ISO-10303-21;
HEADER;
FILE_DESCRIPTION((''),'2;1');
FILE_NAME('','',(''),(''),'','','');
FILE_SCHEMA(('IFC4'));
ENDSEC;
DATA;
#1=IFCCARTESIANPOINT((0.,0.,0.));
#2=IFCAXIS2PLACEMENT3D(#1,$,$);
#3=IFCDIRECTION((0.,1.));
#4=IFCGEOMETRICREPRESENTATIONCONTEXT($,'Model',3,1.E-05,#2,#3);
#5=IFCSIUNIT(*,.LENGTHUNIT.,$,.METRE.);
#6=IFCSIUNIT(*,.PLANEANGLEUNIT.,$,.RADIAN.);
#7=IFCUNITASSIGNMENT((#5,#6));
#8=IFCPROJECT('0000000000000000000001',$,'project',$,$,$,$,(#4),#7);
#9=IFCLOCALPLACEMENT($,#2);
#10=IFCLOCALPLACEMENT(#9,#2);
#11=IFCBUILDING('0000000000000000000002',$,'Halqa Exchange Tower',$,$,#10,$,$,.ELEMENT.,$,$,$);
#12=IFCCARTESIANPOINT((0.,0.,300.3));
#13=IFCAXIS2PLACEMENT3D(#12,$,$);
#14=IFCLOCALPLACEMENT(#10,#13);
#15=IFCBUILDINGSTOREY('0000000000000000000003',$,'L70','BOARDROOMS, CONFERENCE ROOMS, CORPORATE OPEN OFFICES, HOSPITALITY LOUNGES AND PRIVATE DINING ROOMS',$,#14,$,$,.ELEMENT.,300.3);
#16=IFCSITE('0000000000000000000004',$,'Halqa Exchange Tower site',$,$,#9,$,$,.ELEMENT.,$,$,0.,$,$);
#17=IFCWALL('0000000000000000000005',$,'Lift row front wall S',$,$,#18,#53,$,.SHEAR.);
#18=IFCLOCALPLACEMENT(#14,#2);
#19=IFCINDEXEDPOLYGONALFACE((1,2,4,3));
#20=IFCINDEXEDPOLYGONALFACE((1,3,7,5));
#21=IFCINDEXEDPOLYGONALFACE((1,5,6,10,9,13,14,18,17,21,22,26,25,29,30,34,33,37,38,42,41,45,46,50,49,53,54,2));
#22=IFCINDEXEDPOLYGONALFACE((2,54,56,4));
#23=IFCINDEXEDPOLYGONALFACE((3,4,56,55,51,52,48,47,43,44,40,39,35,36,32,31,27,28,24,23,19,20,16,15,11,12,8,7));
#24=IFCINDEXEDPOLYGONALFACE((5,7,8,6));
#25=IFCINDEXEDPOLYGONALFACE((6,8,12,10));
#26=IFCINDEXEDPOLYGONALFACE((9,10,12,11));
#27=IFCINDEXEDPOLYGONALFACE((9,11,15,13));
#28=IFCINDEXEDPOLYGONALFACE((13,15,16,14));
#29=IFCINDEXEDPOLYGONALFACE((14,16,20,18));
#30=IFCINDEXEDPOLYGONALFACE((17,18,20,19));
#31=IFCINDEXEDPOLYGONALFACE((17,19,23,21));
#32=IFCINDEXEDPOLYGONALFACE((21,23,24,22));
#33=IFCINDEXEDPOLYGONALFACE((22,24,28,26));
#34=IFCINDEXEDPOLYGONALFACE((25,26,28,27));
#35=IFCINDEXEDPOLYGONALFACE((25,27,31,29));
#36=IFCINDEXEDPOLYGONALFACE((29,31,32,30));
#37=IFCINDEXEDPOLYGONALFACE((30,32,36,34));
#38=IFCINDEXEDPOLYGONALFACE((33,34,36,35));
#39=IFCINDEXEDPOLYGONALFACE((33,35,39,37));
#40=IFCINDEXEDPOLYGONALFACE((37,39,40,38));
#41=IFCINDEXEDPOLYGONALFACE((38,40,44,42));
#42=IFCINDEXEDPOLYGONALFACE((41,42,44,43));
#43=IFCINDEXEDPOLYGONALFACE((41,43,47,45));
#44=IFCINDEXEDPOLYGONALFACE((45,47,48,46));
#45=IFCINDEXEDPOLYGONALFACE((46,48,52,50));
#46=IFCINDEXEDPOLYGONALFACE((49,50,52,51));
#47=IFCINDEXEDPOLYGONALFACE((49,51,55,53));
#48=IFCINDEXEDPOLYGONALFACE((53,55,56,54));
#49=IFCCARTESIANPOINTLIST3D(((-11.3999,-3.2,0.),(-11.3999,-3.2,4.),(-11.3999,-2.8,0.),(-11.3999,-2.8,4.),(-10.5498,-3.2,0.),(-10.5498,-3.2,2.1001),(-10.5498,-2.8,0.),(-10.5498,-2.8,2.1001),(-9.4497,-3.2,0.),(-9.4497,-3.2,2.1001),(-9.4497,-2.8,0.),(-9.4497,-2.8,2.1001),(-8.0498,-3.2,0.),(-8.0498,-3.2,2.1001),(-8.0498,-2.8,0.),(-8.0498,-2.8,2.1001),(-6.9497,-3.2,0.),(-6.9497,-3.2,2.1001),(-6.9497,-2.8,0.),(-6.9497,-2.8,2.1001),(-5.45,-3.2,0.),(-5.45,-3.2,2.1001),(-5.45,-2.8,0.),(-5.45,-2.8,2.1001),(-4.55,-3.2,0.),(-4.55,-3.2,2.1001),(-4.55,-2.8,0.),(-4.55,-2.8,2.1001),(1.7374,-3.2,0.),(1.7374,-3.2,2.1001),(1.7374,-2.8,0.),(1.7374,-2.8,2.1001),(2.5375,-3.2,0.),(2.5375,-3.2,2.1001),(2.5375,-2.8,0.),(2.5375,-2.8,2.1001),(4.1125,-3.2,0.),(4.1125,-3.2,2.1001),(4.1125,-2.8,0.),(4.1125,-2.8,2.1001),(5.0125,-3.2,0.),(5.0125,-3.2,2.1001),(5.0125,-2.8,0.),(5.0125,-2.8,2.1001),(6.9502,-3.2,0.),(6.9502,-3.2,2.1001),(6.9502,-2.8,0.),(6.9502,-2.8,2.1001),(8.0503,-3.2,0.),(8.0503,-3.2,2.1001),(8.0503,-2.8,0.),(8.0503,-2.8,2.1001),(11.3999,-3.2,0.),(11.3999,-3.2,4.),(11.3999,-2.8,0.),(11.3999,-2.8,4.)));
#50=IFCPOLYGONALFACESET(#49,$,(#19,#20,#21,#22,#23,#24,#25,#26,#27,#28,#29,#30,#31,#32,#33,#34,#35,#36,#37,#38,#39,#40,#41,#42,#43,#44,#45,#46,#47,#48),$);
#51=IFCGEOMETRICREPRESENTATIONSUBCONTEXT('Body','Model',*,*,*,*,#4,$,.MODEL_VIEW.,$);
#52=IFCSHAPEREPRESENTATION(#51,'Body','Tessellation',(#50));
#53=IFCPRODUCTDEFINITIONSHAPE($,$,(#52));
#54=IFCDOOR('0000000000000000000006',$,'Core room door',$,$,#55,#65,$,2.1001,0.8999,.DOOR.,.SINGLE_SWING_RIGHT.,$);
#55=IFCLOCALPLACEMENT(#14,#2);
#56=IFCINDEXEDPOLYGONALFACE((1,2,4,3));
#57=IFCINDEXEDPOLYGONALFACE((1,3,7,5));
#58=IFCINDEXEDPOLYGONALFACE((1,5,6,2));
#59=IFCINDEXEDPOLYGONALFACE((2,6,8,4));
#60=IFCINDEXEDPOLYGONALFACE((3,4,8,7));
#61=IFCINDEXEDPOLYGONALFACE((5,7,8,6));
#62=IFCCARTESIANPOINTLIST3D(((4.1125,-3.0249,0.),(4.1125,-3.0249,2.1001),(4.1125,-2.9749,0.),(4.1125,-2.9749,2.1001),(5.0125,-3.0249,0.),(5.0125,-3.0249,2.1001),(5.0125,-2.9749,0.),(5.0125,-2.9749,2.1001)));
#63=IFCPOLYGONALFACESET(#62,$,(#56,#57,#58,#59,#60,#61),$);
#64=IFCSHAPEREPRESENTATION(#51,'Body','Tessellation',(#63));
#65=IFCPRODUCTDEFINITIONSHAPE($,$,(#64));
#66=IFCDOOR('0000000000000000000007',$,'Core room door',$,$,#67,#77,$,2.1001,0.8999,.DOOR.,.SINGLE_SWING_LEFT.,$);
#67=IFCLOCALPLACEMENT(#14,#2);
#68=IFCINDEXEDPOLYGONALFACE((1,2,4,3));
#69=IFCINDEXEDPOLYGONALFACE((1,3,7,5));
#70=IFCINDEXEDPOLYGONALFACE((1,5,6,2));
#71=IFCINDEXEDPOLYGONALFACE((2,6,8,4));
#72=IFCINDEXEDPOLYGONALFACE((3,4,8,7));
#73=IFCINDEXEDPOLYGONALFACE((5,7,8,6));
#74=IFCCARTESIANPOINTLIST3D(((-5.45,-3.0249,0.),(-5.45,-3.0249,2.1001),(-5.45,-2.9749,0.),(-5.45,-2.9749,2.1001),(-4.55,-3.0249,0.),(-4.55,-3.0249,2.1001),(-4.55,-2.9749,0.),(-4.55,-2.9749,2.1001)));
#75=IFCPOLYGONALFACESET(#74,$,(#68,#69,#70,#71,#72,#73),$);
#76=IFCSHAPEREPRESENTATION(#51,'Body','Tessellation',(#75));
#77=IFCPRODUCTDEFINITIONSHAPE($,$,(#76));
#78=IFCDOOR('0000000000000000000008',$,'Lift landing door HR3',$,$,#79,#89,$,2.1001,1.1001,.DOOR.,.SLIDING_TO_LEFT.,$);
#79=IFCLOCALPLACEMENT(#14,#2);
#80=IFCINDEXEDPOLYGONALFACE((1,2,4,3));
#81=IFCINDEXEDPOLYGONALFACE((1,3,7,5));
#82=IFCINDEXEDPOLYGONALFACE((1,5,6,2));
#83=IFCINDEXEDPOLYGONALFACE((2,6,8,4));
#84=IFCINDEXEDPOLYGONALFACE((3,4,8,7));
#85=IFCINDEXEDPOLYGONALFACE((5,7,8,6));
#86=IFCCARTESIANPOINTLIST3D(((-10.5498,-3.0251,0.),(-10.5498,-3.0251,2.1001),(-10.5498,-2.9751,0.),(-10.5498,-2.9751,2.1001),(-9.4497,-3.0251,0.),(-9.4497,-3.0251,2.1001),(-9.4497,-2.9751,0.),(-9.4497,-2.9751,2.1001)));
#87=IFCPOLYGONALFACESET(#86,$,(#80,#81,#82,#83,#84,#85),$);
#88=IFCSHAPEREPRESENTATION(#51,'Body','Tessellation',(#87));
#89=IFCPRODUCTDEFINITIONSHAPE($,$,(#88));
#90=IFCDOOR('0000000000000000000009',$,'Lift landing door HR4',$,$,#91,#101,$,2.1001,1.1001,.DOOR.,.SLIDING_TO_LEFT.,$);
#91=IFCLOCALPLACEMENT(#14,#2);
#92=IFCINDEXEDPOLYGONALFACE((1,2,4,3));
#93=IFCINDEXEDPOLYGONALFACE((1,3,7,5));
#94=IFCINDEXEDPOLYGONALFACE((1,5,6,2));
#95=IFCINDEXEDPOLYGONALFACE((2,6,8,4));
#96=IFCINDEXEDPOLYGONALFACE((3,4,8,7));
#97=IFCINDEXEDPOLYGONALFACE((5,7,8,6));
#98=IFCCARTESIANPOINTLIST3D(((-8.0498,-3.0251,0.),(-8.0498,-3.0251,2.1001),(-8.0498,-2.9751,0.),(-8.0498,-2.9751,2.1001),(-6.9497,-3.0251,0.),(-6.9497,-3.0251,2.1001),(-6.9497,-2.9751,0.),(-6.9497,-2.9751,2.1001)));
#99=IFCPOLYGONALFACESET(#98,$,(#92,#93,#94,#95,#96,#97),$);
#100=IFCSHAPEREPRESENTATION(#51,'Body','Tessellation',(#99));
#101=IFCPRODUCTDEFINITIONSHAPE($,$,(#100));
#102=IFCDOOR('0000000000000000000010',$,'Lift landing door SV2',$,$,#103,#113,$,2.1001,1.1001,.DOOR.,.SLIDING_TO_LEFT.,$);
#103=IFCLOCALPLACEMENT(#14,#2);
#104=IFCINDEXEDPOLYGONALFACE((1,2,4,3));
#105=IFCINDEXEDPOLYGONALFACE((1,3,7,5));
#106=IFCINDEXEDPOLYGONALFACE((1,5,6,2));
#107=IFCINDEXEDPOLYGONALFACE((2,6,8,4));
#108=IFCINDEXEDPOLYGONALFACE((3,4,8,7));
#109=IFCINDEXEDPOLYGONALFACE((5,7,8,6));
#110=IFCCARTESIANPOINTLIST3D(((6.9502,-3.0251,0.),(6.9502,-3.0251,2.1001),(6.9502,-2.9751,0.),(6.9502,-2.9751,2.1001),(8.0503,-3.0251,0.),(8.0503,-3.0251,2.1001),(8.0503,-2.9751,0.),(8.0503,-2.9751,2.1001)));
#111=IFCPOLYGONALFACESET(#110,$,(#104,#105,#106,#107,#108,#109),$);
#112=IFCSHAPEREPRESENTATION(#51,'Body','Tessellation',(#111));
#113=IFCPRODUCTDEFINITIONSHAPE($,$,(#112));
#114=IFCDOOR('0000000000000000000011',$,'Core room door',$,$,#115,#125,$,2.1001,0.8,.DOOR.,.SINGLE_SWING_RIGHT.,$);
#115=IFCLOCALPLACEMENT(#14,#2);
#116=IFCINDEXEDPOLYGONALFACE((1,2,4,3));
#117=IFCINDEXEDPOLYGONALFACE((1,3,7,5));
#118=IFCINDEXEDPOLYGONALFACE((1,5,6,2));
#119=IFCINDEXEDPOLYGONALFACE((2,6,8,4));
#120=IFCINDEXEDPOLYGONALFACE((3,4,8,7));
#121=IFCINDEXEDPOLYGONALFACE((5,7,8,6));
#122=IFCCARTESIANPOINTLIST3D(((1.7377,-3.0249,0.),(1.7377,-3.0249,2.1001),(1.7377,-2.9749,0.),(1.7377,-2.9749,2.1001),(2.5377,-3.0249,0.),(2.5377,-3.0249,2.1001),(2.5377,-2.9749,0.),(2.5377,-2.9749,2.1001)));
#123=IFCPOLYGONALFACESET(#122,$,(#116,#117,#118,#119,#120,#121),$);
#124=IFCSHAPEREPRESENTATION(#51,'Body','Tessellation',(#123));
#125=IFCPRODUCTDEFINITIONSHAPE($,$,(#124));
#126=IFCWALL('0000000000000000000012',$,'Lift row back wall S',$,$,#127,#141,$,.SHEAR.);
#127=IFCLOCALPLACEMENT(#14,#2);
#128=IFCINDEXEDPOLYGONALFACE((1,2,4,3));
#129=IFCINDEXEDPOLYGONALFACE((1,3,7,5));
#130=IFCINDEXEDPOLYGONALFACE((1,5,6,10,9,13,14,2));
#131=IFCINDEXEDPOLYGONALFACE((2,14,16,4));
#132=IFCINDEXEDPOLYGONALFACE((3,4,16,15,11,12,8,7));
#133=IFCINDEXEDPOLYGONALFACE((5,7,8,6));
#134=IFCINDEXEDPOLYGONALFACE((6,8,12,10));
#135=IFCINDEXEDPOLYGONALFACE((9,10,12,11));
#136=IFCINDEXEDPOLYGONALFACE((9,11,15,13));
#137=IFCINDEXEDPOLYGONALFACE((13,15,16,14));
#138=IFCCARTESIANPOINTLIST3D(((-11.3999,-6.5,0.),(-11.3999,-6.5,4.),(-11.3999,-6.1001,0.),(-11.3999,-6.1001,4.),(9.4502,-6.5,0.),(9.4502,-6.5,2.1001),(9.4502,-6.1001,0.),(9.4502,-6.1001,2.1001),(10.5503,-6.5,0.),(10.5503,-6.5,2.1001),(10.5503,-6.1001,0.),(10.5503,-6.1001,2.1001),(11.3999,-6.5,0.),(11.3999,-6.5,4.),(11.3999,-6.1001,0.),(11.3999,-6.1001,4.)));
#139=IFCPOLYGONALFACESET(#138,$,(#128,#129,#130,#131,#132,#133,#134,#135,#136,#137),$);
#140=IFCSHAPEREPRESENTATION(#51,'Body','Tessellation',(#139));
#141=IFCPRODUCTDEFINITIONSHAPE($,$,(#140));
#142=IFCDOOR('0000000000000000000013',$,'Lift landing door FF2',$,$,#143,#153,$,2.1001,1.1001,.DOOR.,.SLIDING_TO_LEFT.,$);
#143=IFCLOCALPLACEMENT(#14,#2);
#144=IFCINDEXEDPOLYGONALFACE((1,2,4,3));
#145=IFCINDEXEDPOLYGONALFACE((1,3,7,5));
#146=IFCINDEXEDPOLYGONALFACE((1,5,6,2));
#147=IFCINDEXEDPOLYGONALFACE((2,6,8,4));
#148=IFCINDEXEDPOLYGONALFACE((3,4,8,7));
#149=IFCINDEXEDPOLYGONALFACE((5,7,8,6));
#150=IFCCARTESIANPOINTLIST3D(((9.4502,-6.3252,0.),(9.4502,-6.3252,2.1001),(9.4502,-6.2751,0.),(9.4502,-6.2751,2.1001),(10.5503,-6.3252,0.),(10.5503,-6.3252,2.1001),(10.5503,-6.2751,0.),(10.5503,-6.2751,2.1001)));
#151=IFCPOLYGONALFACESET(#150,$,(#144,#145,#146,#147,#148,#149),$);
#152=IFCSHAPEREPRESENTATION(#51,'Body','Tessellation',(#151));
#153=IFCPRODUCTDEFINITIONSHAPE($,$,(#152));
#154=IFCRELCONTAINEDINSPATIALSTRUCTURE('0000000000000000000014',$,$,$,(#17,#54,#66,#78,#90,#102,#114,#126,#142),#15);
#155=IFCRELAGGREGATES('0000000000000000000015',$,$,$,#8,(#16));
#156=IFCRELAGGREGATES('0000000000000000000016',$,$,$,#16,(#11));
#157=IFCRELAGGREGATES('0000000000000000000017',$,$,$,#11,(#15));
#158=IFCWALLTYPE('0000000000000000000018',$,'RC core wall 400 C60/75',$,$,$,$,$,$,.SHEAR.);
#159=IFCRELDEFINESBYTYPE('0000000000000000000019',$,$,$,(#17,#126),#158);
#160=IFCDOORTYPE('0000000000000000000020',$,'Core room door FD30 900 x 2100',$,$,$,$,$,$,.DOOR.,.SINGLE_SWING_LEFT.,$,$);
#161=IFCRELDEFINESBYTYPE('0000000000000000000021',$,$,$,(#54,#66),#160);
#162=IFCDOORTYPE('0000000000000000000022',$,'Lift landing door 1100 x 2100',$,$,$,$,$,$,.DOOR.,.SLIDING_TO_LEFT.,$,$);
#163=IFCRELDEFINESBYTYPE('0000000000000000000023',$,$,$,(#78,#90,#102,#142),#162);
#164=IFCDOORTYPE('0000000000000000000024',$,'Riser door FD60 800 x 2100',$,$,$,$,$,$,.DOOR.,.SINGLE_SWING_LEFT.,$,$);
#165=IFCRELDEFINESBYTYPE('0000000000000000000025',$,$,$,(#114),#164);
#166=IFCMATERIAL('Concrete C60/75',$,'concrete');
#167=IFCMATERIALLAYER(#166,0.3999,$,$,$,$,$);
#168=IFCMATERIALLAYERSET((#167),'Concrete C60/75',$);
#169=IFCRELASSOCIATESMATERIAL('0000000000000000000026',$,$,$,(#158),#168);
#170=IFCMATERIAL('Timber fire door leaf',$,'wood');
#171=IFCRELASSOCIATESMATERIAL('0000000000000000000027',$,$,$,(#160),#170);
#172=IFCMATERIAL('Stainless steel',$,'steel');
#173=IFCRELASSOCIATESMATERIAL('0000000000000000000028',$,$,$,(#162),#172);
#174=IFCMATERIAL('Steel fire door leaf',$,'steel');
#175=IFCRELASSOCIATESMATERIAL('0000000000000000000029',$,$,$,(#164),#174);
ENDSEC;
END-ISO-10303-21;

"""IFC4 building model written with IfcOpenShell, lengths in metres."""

from ifc_helpers import new_model, si_unit, direction, frame, frame_2d, origin, place, context, subcontext, project, spatial, rectangle, extrude, material, layer, layer_set, type_object, element, fill, save


model = new_model("IFC4")

# Units and contexts
model_context = context("Model", 3, precision=1e-05, world=origin(), true_north=direction((0.0, 1.0)))
body_context = subcontext(model_context, "Body", "Model", "MODEL_VIEW")
ifc_project = project(units=[si_unit("LENGTHUNIT", "METRE"), si_unit("PLANEANGLEUNIT", "RADIAN")], contexts=[model_context])

# Site, building, storey
site_placement = place(None, origin())
site = spatial("IfcSite", under=ifc_project, at=site_placement, Name="Halqa Exchange Tower site", CompositionType="ELEMENT", RefElevation=0.0)
building_placement = place(site_placement, origin())
building = spatial("IfcBuilding", under=site, at=building_placement, Name="Halqa Exchange Tower", CompositionType="ELEMENT")
storey_placement = place(building_placement, frame((0.0, 0.0, 300.3)))
storey = spatial("IfcBuildingStorey", under=building, at=storey_placement, Name="L70", Description="BOARDROOMS, CONFERENCE ROOMS, CORPORATE OPEN OFFICES, HOSPITALITY LOUNGES AND PRIVATE DINING ROOMS", CompositionType="ELEMENT", Elevation=300.3)

# Shared definitions
ifc_material_1 = material(Name="Concrete C60/75", Category="concrete")

# Wall, openings, doors
ifc_layer_1 = layer(ifc_material_1, 0.3999)
ifc_layer_set_1 = layer_set([ifc_layer_1], Name="Concrete C60/75")
wall_type_1 = type_object("IfcWallType", Name="RC core wall 400 C60/75", PredefinedType="SHEAR", material=ifc_layer_set_1)
wall_1_placement = place(storey_placement, frame((-11.3999, -3.0, 0.0), z_axis=(0.0, 0.0, 1.0), x_axis=(1.0, 0.0, 0.0)))
wall_1 = element("IfcWall", 1, at=wall_1_placement, inside=storey, type_object=wall_type_1, Name="Lift row front wall S", PredefinedType="SHEAR", context=body_context, shape_type="SweptSolid", body=[
    extrude(rectangle(XDim=22.7998, YDim=0.3999, at=frame_2d((11.3999, 0.0))), origin(), (0.0, 0.0, 1.0), 4.0),
])
opening_1_placement = place(wall_1_placement, frame((0.8501, 0.0, 0.0)))
opening_1 = element("IfcOpeningElement", 2, at=opening_1_placement, cuts=wall_1, PredefinedType="OPENING", context=body_context, shape_type="SweptSolid", body=[
    extrude(rectangle(XDim=1.1001, YDim=2.1001, at=frame_2d((0.55, 1.05))), frame((0.0, 0.2119, 0.0), z_axis=(0.0, -1.0, 0.0), x_axis=(1.0, 0.0, 0.0)), (0.0, 0.0, 1.0), 0.4238),
])
opening_2_placement = place(wall_1_placement, frame((3.3501, 0.0, 0.0)))
opening_2 = element("IfcOpeningElement", 3, at=opening_2_placement, cuts=wall_1, PredefinedType="OPENING", context=body_context, shape_type="SweptSolid", body=[
    extrude(rectangle(XDim=1.1001, YDim=2.1001, at=frame_2d((0.55, 1.05))), frame((0.0, 0.2119, 0.0), z_axis=(0.0, -1.0, 0.0), x_axis=(1.0, 0.0, 0.0)), (0.0, 0.0, 1.0), 0.4238),
])
opening_3_placement = place(wall_1_placement, frame((18.3501, 0.0, 0.0)))
opening_3 = element("IfcOpeningElement", 4, at=opening_3_placement, cuts=wall_1, PredefinedType="OPENING", context=body_context, shape_type="SweptSolid", body=[
    extrude(rectangle(XDim=1.1001, YDim=2.1001, at=frame_2d((0.55, 1.05))), frame((0.0, 0.2119, 0.0), z_axis=(0.0, -1.0, 0.0), x_axis=(1.0, 0.0, 0.0)), (0.0, 0.0, 1.0), 0.4238),
])
opening_4_placement = place(wall_1_placement, frame((13.1375, 0.0, 0.0)))
opening_4 = element("IfcOpeningElement", 5, at=opening_4_placement, cuts=wall_1, PredefinedType="OPENING", context=body_context, shape_type="SweptSolid", body=[
    extrude(rectangle(XDim=0.8, YDim=2.1001, at=frame_2d((0.3999, 1.05))), frame((0.0, 0.2119, 0.0), z_axis=(0.0, -1.0, 0.0), x_axis=(1.0, 0.0, 0.0)), (0.0, 0.0, 1.0), 0.4238),
])
opening_5_placement = place(wall_1_placement, frame((15.5125, 0.0, 0.0)))
opening_5 = element("IfcOpeningElement", 6, at=opening_5_placement, cuts=wall_1, PredefinedType="OPENING", context=body_context, shape_type="SweptSolid", body=[
    extrude(rectangle(XDim=0.8999, YDim=2.1001, at=frame_2d((0.45, 1.05))), frame((0.0, 0.2119, 0.0), z_axis=(0.0, -1.0, 0.0), x_axis=(1.0, 0.0, 0.0)), (0.0, 0.0, 1.0), 0.4238),
])
opening_6_placement = place(wall_1_placement, frame((5.95, 0.0, 0.0)))
opening_6 = element("IfcOpeningElement", 7, at=opening_6_placement, cuts=wall_1, PredefinedType="OPENING", context=body_context, shape_type="SweptSolid", body=[
    extrude(rectangle(XDim=0.8999, YDim=2.1001, at=frame_2d((0.45, 1.05))), frame((0.0, 0.2119, 0.0), z_axis=(0.0, -1.0, 0.0), x_axis=(1.0, 0.0, 0.0)), (0.0, 0.0, 1.0), 0.4238),
])
ifc_material_2 = material(Name="Timber fire door leaf", Category="wood")
door_type_1 = type_object("IfcDoorType", Name="Core room door FD30 900 x 2100", OperationType="SINGLE_SWING_LEFT", PredefinedType="DOOR", material=ifc_material_2)
door_1_placement = place(opening_5_placement, frame((0.8999, 0.0, 0.0), z_axis=(0.0, 0.0, 1.0), x_axis=(-1.0, 0.0, 0.0)))
door_1 = element("IfcDoor", 8, at=door_1_placement, inside=storey, type_object=door_type_1, Name="Core room door", OperationType="SINGLE_SWING_RIGHT", OverallHeight=2.1001, OverallWidth=0.8999, PredefinedType="DOOR", context=body_context, shape_type="SweptSolid", body=[
    extrude(rectangle(XDim=0.8999, YDim=2.1001, at=frame_2d((0.45, 1.05))), frame((0.0, 0.0249, 0.0), z_axis=(0.0, -1.0, 0.0), x_axis=(1.0, 0.0, 0.0)), (0.0, 0.0, 1.0), 0.05),
])
fill(opening_5, door_1)
door_2_placement = place(opening_6_placement, frame((0.8999, 0.0, 0.0), z_axis=(0.0, 0.0, 1.0), x_axis=(-1.0, 0.0, 0.0)))
door_2 = element("IfcDoor", 9, at=door_2_placement, inside=storey, type_object=door_type_1, Name="Core room door", OperationType="SINGLE_SWING_LEFT", OverallHeight=2.1001, OverallWidth=0.8999, PredefinedType="DOOR", context=body_context, shape_type="SweptSolid", body=[
    extrude(rectangle(XDim=0.8999, YDim=2.1001, at=frame_2d((0.45, 1.05))), frame((0.0, 0.0249, 0.0), z_axis=(0.0, -1.0, 0.0), x_axis=(1.0, 0.0, 0.0)), (0.0, 0.0, 1.0), 0.05),
])
fill(opening_6, door_2)
ifc_material_3 = material(Name="Stainless steel", Category="steel")
door_type_2 = type_object("IfcDoorType", Name="Lift landing door 1100 x 2100", OperationType="SLIDING_TO_LEFT", PredefinedType="DOOR", material=ifc_material_3)
door_3_placement = place(opening_1_placement, origin())
door_3 = element("IfcDoor", 10, at=door_3_placement, inside=storey, type_object=door_type_2, Name="Lift landing door HR3", OperationType="SLIDING_TO_LEFT", OverallHeight=2.1001, OverallWidth=1.1001, PredefinedType="DOOR", context=body_context, shape_type="SweptSolid", body=[
    extrude(rectangle(XDim=1.1001, YDim=2.1001, at=frame_2d((0.55, 1.05))), frame((0.0, 0.0249, 0.0), z_axis=(0.0, -1.0, 0.0), x_axis=(1.0, 0.0, 0.0)), (0.0, 0.0, 1.0), 0.05),
])
fill(opening_1, door_3)
door_4_placement = place(opening_2_placement, origin())
door_4 = element("IfcDoor", 11, at=door_4_placement, inside=storey, type_object=door_type_2, Name="Lift landing door HR4", OperationType="SLIDING_TO_LEFT", OverallHeight=2.1001, OverallWidth=1.1001, PredefinedType="DOOR", context=body_context, shape_type="SweptSolid", body=[
    extrude(rectangle(XDim=1.1001, YDim=2.1001, at=frame_2d((0.55, 1.05))), frame((0.0, 0.0249, 0.0), z_axis=(0.0, -1.0, 0.0), x_axis=(1.0, 0.0, 0.0)), (0.0, 0.0, 1.0), 0.05),
])
fill(opening_2, door_4)
door_5_placement = place(opening_3_placement, origin())
door_5 = element("IfcDoor", 12, at=door_5_placement, inside=storey, type_object=door_type_2, Name="Lift landing door SV2", OperationType="SLIDING_TO_LEFT", OverallHeight=2.1001, OverallWidth=1.1001, PredefinedType="DOOR", context=body_context, shape_type="SweptSolid", body=[
    extrude(rectangle(XDim=1.1001, YDim=2.1001, at=frame_2d((0.55, 1.05))), frame((0.0, 0.0249, 0.0), z_axis=(0.0, -1.0, 0.0), x_axis=(1.0, 0.0, 0.0)), (0.0, 0.0, 1.0), 0.05),
])
fill(opening_3, door_5)
ifc_material_4 = material(Name="Steel fire door leaf", Category="steel")
door_type_3 = type_object("IfcDoorType", Name="Riser door FD60 800 x 2100", OperationType="SINGLE_SWING_LEFT", PredefinedType="DOOR", material=ifc_material_4)
door_6_placement = place(opening_4_placement, frame((0.8, 0.0, 0.0), z_axis=(0.0, 0.0, 1.0), x_axis=(-1.0, 0.0, 0.0)))
door_6 = element("IfcDoor", 13, at=door_6_placement, inside=storey, type_object=door_type_3, Name="Core room door", OperationType="SINGLE_SWING_RIGHT", OverallHeight=2.1001, OverallWidth=0.8, PredefinedType="DOOR", context=body_context, shape_type="SweptSolid", body=[
    extrude(rectangle(XDim=0.8, YDim=2.1001, at=frame_2d((0.3999, 1.05))), frame((0.0, 0.0249, 0.0), z_axis=(0.0, -1.0, 0.0), x_axis=(1.0, 0.0, 0.0)), (0.0, 0.0, 1.0), 0.05),
])
fill(opening_4, door_6)

# Wall, opening, door
wall_2_placement = place(storey_placement, frame((-11.3999, -6.3, 0.0), z_axis=(0.0, 0.0, 1.0), x_axis=(1.0, 0.0, 0.0)))
wall_2 = element("IfcWall", 14, at=wall_2_placement, inside=storey, type_object=wall_type_1, Name="Lift row back wall S", PredefinedType="SHEAR", context=body_context, shape_type="SweptSolid", body=[
    extrude(rectangle(XDim=22.7998, YDim=0.3999, at=frame_2d((11.3999, 0.0))), origin(), (0.0, 0.0, 1.0), 4.0),
])
opening_7_placement = place(wall_2_placement, frame((20.8501, 0.0, 0.0)))
opening_7 = element("IfcOpeningElement", 15, at=opening_7_placement, cuts=wall_2, PredefinedType="OPENING", context=body_context, shape_type="SweptSolid", body=[
    extrude(rectangle(XDim=1.1001, YDim=2.1001, at=frame_2d((0.55, 1.05))), frame((0.0, 0.2119, 0.0), z_axis=(0.0, -1.0, 0.0), x_axis=(1.0, 0.0, 0.0)), (0.0, 0.0, 1.0), 0.4238),
])
door_7_placement = place(opening_7_placement, origin())
door_7 = element("IfcDoor", 16, at=door_7_placement, inside=storey, type_object=door_type_2, Name="Lift landing door FF2", OperationType="SLIDING_TO_LEFT", OverallHeight=2.1001, OverallWidth=1.1001, PredefinedType="DOOR", context=body_context, shape_type="SweptSolid", body=[
    extrude(rectangle(XDim=1.1001, YDim=2.1001, at=frame_2d((0.55, 1.05))), frame((0.0, 0.0249, 0.0), z_axis=(0.0, -1.0, 0.0), x_axis=(1.0, 0.0, 0.0)), (0.0, 0.0, 1.0), 0.05),
])
fill(opening_7, door_7)

save(model, "model.ifc")
